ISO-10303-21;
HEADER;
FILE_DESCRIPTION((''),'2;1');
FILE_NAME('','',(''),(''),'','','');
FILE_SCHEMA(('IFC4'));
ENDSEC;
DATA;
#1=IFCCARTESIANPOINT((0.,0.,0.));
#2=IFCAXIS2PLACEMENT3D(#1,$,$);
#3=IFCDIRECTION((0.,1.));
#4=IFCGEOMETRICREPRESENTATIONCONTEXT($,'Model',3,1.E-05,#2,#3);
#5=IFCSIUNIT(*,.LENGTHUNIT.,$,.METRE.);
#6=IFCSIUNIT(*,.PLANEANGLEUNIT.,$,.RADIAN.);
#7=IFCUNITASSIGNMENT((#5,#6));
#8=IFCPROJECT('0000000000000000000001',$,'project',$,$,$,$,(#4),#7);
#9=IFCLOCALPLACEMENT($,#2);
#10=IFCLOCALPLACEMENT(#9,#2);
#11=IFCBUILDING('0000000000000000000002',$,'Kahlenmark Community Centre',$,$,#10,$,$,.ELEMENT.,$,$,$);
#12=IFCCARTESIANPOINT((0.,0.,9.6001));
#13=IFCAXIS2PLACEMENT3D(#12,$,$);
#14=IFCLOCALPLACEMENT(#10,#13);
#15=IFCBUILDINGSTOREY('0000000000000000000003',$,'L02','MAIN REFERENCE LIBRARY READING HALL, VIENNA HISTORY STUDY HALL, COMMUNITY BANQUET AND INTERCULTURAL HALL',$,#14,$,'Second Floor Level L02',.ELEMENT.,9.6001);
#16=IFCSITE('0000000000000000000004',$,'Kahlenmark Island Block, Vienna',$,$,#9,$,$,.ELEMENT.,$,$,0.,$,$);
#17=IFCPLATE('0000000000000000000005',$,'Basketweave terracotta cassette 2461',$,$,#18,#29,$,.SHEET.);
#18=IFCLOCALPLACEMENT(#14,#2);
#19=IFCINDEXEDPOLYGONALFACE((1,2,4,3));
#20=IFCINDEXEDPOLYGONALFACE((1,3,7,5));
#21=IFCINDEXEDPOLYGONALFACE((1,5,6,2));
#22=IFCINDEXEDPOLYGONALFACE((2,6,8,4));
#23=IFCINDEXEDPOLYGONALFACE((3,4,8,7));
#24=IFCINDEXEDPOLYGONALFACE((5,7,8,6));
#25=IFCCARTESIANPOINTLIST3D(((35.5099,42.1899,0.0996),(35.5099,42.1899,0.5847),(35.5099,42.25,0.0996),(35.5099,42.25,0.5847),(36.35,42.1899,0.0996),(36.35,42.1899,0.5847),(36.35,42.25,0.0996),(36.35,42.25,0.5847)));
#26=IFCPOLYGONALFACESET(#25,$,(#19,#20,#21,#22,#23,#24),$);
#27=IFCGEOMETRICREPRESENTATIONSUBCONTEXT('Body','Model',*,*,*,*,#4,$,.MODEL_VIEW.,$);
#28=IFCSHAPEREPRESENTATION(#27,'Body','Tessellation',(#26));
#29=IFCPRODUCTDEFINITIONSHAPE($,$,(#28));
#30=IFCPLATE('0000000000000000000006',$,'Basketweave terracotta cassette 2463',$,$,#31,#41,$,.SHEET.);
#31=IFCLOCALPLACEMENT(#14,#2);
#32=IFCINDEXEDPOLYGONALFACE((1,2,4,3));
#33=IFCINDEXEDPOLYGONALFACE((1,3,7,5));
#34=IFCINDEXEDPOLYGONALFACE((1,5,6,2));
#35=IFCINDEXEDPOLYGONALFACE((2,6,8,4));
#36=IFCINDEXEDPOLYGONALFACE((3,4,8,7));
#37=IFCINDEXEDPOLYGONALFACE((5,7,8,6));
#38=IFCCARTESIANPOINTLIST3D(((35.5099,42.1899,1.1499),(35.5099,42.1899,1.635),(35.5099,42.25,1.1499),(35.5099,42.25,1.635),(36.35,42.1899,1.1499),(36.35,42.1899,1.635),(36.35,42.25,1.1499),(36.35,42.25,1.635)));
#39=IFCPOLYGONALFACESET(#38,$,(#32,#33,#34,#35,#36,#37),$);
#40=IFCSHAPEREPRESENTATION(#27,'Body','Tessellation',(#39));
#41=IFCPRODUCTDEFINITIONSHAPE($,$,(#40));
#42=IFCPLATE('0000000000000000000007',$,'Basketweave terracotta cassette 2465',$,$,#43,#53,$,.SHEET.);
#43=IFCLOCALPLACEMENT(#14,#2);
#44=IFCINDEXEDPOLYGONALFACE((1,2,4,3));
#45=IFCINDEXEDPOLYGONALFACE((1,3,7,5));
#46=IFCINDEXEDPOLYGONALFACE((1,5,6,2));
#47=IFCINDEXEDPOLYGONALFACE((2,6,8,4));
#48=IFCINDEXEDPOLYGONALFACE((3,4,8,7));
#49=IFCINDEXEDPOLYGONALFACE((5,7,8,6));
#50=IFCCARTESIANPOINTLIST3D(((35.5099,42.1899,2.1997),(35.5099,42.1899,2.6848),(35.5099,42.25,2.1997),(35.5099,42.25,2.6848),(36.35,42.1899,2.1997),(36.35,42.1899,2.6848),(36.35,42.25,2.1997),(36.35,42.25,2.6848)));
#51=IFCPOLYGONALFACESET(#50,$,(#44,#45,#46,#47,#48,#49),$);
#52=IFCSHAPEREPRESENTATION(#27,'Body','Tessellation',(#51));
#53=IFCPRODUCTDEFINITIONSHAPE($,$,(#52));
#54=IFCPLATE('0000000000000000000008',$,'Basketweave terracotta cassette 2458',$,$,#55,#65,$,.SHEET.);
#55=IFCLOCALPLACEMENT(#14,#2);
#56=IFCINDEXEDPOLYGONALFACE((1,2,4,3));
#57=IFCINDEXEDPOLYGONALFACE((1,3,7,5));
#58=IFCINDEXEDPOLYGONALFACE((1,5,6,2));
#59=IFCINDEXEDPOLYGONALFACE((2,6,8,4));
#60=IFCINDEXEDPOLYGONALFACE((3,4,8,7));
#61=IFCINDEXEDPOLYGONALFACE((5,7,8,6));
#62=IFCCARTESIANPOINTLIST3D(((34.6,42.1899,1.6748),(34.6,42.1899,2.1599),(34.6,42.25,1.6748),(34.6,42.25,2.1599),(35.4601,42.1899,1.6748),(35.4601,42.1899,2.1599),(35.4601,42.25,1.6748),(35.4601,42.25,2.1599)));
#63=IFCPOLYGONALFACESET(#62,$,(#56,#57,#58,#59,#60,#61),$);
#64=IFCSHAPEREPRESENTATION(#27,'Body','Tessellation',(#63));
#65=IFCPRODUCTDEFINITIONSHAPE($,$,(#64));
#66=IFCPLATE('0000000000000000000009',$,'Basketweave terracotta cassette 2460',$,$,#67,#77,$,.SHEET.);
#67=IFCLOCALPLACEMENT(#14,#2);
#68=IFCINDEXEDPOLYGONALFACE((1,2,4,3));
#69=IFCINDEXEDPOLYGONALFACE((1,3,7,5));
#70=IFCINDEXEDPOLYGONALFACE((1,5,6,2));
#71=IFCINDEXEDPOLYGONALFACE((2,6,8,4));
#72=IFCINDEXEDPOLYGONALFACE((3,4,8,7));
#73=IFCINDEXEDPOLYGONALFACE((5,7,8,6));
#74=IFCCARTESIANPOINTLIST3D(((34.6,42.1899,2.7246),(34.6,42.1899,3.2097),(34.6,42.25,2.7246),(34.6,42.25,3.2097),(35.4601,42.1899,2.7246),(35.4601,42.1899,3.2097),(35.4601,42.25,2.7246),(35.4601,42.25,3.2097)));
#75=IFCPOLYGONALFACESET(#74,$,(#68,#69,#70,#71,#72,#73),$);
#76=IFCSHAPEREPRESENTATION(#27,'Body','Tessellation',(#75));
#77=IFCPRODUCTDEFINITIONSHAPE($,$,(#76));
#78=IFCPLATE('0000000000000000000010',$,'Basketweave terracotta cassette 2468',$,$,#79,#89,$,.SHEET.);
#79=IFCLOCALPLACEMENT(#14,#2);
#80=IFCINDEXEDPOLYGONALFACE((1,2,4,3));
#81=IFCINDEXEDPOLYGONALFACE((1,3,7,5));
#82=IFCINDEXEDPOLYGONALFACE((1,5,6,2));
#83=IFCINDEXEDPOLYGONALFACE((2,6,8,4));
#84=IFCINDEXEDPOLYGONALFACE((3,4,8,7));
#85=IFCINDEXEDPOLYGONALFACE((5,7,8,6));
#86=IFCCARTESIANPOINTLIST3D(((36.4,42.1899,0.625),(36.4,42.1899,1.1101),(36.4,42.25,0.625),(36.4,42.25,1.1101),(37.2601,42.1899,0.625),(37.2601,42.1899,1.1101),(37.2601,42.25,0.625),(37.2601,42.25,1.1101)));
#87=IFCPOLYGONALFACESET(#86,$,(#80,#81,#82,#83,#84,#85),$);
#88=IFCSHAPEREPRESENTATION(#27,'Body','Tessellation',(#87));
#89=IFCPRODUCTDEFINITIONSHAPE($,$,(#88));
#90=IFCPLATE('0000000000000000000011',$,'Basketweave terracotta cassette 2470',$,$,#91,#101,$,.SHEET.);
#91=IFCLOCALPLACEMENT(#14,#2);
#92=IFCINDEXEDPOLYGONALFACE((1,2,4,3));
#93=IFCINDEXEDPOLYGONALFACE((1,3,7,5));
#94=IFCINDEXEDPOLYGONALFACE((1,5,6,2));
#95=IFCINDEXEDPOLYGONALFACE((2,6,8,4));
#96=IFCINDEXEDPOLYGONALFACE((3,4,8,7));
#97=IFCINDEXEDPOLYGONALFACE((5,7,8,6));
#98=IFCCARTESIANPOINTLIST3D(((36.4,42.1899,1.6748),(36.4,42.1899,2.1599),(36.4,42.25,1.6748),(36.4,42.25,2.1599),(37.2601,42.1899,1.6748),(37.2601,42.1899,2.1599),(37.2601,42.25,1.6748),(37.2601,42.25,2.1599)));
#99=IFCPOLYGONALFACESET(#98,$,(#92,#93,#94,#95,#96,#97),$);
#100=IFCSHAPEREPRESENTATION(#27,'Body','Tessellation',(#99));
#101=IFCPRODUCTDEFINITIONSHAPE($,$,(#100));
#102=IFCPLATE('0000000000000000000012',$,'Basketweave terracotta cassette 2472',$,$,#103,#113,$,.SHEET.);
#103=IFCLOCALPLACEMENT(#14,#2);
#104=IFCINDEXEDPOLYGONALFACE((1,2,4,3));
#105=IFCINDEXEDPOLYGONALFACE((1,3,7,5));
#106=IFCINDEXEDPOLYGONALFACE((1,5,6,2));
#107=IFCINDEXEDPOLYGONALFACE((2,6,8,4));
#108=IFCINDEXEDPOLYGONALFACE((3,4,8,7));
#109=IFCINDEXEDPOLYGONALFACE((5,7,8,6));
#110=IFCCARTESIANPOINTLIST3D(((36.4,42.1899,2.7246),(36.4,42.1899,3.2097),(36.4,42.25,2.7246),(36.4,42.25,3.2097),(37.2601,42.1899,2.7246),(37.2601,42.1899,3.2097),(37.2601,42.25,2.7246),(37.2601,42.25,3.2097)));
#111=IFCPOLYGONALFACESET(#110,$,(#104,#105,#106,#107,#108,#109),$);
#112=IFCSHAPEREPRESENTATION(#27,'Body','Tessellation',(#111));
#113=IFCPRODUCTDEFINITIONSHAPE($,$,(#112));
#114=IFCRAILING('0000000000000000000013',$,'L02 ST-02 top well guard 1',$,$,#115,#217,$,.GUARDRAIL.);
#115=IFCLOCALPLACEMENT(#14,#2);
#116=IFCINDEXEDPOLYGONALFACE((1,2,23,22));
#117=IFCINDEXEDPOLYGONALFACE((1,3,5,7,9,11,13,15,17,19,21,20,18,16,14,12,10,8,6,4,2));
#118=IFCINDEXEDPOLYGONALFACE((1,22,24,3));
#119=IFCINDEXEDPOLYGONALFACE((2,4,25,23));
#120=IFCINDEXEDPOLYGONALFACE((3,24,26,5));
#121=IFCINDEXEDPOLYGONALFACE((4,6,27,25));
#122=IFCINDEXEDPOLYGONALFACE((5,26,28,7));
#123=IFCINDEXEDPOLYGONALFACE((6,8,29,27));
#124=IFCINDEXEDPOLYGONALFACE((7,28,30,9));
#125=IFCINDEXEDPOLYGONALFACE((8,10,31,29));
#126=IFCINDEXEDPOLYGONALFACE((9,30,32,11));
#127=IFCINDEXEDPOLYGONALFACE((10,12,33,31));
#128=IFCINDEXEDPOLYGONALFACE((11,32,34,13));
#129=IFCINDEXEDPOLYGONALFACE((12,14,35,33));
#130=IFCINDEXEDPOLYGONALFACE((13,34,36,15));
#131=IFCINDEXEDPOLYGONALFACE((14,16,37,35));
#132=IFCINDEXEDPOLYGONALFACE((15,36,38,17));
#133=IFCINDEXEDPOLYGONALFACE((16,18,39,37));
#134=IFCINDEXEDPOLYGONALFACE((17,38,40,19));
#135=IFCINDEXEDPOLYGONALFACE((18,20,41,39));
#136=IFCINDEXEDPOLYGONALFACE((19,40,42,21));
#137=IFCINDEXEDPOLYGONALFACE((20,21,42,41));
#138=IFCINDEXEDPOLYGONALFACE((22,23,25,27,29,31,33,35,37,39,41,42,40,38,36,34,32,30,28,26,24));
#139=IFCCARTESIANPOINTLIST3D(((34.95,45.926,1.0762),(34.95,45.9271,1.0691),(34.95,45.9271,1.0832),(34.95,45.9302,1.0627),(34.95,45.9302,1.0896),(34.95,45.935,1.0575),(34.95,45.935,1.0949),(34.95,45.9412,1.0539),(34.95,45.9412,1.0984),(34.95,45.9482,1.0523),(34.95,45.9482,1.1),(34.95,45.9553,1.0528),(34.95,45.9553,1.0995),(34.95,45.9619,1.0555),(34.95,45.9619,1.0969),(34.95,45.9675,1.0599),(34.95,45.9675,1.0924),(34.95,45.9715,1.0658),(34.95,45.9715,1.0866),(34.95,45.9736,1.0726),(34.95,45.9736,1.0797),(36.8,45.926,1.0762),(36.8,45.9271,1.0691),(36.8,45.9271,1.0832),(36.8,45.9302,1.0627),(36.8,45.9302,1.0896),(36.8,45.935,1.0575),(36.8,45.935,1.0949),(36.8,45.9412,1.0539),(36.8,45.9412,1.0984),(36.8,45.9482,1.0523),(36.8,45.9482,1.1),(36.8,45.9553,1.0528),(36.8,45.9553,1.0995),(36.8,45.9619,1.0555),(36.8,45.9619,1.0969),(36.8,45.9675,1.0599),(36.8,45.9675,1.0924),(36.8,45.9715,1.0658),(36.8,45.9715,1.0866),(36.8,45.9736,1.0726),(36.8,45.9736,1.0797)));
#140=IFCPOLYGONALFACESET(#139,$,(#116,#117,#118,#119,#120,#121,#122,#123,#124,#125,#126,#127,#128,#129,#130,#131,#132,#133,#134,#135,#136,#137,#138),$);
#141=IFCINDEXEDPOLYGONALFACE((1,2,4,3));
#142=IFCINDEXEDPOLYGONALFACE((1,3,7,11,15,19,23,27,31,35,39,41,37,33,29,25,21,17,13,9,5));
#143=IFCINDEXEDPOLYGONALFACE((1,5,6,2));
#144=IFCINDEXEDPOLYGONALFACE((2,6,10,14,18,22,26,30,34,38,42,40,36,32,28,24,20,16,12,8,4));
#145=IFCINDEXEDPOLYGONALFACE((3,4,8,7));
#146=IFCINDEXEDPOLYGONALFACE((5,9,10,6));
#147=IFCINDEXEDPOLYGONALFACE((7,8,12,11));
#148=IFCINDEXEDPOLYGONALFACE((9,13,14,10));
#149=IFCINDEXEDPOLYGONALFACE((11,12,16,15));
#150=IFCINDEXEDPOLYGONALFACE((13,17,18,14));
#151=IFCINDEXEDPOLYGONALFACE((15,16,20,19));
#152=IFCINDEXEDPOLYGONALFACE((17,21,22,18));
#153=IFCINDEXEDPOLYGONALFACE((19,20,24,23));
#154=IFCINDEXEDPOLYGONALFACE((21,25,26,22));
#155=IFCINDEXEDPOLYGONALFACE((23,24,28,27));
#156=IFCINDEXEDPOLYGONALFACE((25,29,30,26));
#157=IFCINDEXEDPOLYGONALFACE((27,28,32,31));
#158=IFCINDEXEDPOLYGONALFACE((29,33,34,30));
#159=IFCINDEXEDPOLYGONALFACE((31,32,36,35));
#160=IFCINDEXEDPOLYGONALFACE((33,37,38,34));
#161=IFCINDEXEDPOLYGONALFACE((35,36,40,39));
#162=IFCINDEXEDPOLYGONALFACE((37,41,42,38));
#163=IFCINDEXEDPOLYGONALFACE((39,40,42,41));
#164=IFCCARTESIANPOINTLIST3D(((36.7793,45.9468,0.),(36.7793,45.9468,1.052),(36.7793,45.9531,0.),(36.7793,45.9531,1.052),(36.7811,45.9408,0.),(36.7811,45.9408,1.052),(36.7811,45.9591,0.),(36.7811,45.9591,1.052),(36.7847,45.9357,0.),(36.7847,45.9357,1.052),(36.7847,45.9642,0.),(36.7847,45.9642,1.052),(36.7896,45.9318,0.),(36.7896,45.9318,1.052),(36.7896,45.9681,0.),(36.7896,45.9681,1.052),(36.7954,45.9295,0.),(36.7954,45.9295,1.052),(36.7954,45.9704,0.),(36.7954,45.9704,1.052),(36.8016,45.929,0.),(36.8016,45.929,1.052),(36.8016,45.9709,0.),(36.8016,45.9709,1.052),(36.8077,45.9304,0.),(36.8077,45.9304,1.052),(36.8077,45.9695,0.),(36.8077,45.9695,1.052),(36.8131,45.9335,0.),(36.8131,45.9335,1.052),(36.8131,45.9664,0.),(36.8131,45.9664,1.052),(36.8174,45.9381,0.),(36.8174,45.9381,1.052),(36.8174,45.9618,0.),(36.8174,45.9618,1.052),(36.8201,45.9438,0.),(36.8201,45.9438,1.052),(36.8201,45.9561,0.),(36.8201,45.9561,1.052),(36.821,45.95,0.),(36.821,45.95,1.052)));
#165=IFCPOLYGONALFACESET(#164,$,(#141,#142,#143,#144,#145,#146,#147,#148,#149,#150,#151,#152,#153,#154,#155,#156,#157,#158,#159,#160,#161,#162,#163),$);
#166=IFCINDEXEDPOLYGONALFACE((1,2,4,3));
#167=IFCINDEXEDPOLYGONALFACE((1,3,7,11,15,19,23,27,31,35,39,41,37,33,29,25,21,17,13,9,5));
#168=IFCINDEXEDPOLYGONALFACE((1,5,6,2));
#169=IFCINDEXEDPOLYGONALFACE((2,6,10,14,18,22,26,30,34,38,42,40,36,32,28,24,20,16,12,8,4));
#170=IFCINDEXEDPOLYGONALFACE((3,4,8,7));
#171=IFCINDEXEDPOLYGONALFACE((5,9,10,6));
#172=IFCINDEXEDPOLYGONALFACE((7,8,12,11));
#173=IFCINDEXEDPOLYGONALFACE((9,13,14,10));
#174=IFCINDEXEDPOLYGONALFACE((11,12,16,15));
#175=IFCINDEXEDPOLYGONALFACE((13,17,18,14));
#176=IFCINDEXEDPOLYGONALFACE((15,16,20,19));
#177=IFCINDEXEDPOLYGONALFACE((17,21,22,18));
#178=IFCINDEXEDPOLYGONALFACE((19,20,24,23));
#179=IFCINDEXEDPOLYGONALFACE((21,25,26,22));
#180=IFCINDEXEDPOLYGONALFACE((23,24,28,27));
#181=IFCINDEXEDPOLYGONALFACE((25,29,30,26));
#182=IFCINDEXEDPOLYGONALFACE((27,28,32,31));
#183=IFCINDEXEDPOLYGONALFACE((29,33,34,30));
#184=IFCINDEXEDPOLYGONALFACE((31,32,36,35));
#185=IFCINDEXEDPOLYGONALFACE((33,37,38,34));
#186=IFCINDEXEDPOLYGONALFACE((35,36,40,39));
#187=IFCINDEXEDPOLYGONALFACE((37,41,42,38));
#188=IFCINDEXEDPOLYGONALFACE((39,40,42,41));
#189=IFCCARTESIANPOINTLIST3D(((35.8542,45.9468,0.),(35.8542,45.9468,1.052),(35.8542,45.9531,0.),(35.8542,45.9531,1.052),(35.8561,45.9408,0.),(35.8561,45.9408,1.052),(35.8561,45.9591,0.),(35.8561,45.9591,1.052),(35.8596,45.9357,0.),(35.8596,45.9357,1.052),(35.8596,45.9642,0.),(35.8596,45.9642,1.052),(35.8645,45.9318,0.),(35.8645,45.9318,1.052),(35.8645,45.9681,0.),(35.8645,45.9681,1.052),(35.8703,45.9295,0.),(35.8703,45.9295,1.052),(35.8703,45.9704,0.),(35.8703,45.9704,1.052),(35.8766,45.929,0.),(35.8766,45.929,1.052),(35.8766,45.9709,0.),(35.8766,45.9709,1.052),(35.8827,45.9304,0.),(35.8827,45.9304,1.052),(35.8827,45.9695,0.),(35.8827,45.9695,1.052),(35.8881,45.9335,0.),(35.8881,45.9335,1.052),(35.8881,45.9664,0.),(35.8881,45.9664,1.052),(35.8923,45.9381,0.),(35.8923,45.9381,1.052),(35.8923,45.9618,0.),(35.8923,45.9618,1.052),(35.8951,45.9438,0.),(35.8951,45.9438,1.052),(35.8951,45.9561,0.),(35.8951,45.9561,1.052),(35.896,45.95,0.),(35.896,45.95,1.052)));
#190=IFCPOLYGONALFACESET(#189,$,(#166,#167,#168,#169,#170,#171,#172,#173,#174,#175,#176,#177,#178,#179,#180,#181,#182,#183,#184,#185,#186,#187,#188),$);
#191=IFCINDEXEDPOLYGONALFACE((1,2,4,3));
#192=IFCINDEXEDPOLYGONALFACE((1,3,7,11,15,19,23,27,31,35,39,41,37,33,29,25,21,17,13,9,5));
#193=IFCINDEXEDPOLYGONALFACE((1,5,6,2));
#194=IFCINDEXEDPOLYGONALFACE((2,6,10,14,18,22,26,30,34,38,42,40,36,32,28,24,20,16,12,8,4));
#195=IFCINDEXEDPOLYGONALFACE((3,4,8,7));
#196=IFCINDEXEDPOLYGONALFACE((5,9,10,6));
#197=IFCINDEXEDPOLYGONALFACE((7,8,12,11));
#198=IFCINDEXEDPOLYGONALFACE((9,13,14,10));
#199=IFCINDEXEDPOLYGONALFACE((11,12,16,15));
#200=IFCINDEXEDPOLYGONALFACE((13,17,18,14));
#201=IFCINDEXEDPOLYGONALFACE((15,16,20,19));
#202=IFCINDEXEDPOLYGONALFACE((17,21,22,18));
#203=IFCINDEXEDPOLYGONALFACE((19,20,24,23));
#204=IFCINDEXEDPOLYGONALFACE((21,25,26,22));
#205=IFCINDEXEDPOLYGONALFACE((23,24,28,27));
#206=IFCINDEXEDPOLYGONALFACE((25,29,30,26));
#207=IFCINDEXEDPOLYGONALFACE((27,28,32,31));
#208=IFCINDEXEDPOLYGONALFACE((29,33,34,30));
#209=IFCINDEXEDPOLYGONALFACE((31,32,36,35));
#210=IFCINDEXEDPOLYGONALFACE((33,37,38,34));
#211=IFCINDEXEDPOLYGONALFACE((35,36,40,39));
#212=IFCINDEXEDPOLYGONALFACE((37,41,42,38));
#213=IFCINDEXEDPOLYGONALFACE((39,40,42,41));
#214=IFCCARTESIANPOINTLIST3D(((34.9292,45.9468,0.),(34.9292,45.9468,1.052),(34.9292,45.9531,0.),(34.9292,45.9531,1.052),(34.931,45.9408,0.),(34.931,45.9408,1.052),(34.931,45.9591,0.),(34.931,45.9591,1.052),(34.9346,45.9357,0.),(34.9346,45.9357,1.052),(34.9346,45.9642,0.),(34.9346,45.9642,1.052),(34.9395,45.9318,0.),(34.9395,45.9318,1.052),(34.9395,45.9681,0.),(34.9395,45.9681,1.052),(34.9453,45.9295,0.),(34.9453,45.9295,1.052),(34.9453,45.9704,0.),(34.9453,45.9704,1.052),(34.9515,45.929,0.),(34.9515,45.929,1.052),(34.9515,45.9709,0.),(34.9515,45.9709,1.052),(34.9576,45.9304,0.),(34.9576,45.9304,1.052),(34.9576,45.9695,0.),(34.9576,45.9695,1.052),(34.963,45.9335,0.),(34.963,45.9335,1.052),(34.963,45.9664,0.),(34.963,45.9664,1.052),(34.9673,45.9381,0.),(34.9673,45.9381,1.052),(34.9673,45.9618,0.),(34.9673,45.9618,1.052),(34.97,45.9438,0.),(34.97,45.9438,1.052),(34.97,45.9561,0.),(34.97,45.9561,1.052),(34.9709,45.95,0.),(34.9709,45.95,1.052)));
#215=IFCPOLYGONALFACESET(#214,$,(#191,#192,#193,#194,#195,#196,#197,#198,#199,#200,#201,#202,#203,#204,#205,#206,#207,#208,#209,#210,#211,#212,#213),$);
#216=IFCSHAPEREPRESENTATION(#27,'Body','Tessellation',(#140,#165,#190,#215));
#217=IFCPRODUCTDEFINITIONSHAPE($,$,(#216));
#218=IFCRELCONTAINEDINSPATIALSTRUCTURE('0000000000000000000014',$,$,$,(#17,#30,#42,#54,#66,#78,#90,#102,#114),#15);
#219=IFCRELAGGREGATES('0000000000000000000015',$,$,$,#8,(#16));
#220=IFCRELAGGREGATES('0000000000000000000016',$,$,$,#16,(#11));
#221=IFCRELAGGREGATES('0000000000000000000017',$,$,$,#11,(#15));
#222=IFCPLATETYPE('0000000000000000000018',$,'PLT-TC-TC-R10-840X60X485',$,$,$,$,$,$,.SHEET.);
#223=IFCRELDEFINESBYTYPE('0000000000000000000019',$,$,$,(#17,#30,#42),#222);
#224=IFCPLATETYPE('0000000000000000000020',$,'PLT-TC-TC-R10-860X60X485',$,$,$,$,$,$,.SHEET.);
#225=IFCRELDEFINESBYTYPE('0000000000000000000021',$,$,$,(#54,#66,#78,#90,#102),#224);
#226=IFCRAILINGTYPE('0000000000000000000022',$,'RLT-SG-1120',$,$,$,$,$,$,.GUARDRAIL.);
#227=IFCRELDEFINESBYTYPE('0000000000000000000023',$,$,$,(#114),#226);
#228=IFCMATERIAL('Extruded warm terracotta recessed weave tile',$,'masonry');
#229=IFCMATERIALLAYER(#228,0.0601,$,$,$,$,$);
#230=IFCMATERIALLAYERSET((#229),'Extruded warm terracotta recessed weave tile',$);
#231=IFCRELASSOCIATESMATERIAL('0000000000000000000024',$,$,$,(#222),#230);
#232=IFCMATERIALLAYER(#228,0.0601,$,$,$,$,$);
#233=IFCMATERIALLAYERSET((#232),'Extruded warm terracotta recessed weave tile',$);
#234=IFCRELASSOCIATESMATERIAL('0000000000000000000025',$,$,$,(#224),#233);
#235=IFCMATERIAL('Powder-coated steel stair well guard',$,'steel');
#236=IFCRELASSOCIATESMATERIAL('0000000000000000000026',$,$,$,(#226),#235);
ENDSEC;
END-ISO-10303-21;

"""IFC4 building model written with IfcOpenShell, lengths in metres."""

from ifc_helpers import new_model, si_unit, direction, frame, origin, origin_2d, place, context, subcontext, project, spatial, rectangle, circle, extrude, material, layer, layer_set, type_object, element, save


model = new_model("IFC4")

# Units and contexts
model_context = context("Model", 3, precision=1e-05, world=origin(), true_north=direction((0.0, 1.0)))
body_context = subcontext(model_context, "Body", "Model", "MODEL_VIEW")
ifc_project = project(units=[si_unit("LENGTHUNIT", "METRE"), si_unit("PLANEANGLEUNIT", "RADIAN")], contexts=[model_context])

# Site, building, storey
site_placement = place(None, origin())
site = spatial("IfcSite", under=ifc_project, at=site_placement, Name="Kahlenmark Island Block, Vienna", CompositionType="ELEMENT", RefElevation=0.0)
building_placement = place(site_placement, origin())
building = spatial("IfcBuilding", under=site, at=building_placement, Name="Kahlenmark Community Centre", CompositionType="ELEMENT")
storey_placement = place(building_placement, frame((0.0, 0.0, 9.6001)))
storey = spatial("IfcBuildingStorey", under=building, at=storey_placement, Name="L02", Description="MAIN REFERENCE LIBRARY READING HALL, VIENNA HISTORY STUDY HALL, COMMUNITY BANQUET AND INTERCULTURAL HALL", LongName="Second Floor Level L02", CompositionType="ELEMENT", Elevation=9.6001)

# Plates
ifc_material_1 = material(Name="Extruded warm terracotta recessed weave tile", Category="masonry")
ifc_layer_1 = layer(ifc_material_1, 0.0601)
ifc_layer_set_1 = layer_set([ifc_layer_1], Name="Extruded warm terracotta recessed weave tile")
plate_type_1 = type_object("IfcPlateType", Name="PLT-TC-TC-R10-840X60X485", PredefinedType="SHEET", material=ifc_layer_set_1)
for number, where, z_axis, x_axis, name in (
    (1, (35.9299, 42.22, 0.0996), (0.0, 0.0, 1.0), (1.0, 0.0, 0.0), "Basketweave terracotta cassette 2461"),
    (2, (35.9299, 42.22, 1.1499), (0.0, 0.0, 1.0), (1.0, 0.0, 0.0), "Basketweave terracotta cassette 2463"),
    (3, (35.9299, 42.22, 2.1997), (0.0, 0.0, 1.0), (1.0, 0.0, 0.0), "Basketweave terracotta cassette 2465"),
):
    element("IfcPlate", number, at=place(storey_placement, frame(where, z_axis=z_axis, x_axis=x_axis)), inside=storey, type_object=plate_type_1, Name=name, PredefinedType="SHEET", context=body_context, shape_type="SweptSolid", body=[
        extrude(rectangle(XDim=0.8401, YDim=0.0601, at=origin_2d()), origin(), (0.0, 0.0, 1.0), 0.4851),
    ])
ifc_layer_2 = layer(ifc_material_1, 0.0601)
ifc_layer_set_2 = layer_set([ifc_layer_2], Name="Extruded warm terracotta recessed weave tile")
plate_type_2 = type_object("IfcPlateType", Name="PLT-TC-TC-R10-860X60X485", PredefinedType="SHEET", material=ifc_layer_set_2)
for number, where, z_axis, x_axis, name in (
    (4, (35.03, 42.22, 1.6748), (0.0, 0.0, 1.0), (1.0, 0.0, 0.0), "Basketweave terracotta cassette 2458"),
    (5, (35.03, 42.22, 2.7246), (0.0, 0.0, 1.0), (1.0, 0.0, 0.0), "Basketweave terracotta cassette 2460"),
    (6, (36.8301, 42.22, 0.625), (0.0, 0.0, 1.0), (1.0, 0.0, 0.0), "Basketweave terracotta cassette 2468"),
    (7, (36.8301, 42.22, 1.6748), (0.0, 0.0, 1.0), (1.0, 0.0, 0.0), "Basketweave terracotta cassette 2470"),
    (8, (36.8301, 42.22, 2.7246), (0.0, 0.0, 1.0), (1.0, 0.0, 0.0), "Basketweave terracotta cassette 2472"),
):
    element("IfcPlate", number, at=place(storey_placement, frame(where, z_axis=z_axis, x_axis=x_axis)), inside=storey, type_object=plate_type_2, Name=name, PredefinedType="SHEET", context=body_context, shape_type="SweptSolid", body=[
        extrude(rectangle(XDim=0.8601, YDim=0.0601, at=origin_2d()), origin(), (0.0, 0.0, 1.0), 0.4851),
    ])

# Railing
ifc_material_2 = material(Name="Powder-coated steel stair well guard", Category="steel")
railing_type = type_object("IfcRailingType", Name="RLT-SG-1120", PredefinedType="GUARDRAIL", material=ifc_material_2)
railing_placement = place(storey_placement, frame((36.8, 45.95, 0.0)))
element("IfcRailing", 9, at=railing_placement, inside=storey, type_object=railing_type, Name="L02 ST-02 top well guard 1", PredefinedType="GUARDRAIL", context=body_context, shape_type="SweptSolid", body=[
    extrude(circle(Radius=0.0239, at=origin_2d()), frame((0.0, 0.0, 1.0762), z_axis=(-1.0, 0.0, 0.0), x_axis=(0.0, -1.0, 0.0)), (0.0, 0.0, 1.0), 1.8501),
    extrude(circle(Radius=0.021, at=origin_2d()), origin(), (0.0, 0.0, 1.0), 1.052),
    extrude(circle(Radius=0.021, at=origin_2d()), frame((-0.925, 0.0, 0.0)), (0.0, 0.0, 1.0), 1.052),
    extrude(circle(Radius=0.021, at=origin_2d()), frame((-1.8501, 0.0, 0.0)), (0.0, 0.0, 1.0), 1.052),
])

save(model, "model.ifc")
